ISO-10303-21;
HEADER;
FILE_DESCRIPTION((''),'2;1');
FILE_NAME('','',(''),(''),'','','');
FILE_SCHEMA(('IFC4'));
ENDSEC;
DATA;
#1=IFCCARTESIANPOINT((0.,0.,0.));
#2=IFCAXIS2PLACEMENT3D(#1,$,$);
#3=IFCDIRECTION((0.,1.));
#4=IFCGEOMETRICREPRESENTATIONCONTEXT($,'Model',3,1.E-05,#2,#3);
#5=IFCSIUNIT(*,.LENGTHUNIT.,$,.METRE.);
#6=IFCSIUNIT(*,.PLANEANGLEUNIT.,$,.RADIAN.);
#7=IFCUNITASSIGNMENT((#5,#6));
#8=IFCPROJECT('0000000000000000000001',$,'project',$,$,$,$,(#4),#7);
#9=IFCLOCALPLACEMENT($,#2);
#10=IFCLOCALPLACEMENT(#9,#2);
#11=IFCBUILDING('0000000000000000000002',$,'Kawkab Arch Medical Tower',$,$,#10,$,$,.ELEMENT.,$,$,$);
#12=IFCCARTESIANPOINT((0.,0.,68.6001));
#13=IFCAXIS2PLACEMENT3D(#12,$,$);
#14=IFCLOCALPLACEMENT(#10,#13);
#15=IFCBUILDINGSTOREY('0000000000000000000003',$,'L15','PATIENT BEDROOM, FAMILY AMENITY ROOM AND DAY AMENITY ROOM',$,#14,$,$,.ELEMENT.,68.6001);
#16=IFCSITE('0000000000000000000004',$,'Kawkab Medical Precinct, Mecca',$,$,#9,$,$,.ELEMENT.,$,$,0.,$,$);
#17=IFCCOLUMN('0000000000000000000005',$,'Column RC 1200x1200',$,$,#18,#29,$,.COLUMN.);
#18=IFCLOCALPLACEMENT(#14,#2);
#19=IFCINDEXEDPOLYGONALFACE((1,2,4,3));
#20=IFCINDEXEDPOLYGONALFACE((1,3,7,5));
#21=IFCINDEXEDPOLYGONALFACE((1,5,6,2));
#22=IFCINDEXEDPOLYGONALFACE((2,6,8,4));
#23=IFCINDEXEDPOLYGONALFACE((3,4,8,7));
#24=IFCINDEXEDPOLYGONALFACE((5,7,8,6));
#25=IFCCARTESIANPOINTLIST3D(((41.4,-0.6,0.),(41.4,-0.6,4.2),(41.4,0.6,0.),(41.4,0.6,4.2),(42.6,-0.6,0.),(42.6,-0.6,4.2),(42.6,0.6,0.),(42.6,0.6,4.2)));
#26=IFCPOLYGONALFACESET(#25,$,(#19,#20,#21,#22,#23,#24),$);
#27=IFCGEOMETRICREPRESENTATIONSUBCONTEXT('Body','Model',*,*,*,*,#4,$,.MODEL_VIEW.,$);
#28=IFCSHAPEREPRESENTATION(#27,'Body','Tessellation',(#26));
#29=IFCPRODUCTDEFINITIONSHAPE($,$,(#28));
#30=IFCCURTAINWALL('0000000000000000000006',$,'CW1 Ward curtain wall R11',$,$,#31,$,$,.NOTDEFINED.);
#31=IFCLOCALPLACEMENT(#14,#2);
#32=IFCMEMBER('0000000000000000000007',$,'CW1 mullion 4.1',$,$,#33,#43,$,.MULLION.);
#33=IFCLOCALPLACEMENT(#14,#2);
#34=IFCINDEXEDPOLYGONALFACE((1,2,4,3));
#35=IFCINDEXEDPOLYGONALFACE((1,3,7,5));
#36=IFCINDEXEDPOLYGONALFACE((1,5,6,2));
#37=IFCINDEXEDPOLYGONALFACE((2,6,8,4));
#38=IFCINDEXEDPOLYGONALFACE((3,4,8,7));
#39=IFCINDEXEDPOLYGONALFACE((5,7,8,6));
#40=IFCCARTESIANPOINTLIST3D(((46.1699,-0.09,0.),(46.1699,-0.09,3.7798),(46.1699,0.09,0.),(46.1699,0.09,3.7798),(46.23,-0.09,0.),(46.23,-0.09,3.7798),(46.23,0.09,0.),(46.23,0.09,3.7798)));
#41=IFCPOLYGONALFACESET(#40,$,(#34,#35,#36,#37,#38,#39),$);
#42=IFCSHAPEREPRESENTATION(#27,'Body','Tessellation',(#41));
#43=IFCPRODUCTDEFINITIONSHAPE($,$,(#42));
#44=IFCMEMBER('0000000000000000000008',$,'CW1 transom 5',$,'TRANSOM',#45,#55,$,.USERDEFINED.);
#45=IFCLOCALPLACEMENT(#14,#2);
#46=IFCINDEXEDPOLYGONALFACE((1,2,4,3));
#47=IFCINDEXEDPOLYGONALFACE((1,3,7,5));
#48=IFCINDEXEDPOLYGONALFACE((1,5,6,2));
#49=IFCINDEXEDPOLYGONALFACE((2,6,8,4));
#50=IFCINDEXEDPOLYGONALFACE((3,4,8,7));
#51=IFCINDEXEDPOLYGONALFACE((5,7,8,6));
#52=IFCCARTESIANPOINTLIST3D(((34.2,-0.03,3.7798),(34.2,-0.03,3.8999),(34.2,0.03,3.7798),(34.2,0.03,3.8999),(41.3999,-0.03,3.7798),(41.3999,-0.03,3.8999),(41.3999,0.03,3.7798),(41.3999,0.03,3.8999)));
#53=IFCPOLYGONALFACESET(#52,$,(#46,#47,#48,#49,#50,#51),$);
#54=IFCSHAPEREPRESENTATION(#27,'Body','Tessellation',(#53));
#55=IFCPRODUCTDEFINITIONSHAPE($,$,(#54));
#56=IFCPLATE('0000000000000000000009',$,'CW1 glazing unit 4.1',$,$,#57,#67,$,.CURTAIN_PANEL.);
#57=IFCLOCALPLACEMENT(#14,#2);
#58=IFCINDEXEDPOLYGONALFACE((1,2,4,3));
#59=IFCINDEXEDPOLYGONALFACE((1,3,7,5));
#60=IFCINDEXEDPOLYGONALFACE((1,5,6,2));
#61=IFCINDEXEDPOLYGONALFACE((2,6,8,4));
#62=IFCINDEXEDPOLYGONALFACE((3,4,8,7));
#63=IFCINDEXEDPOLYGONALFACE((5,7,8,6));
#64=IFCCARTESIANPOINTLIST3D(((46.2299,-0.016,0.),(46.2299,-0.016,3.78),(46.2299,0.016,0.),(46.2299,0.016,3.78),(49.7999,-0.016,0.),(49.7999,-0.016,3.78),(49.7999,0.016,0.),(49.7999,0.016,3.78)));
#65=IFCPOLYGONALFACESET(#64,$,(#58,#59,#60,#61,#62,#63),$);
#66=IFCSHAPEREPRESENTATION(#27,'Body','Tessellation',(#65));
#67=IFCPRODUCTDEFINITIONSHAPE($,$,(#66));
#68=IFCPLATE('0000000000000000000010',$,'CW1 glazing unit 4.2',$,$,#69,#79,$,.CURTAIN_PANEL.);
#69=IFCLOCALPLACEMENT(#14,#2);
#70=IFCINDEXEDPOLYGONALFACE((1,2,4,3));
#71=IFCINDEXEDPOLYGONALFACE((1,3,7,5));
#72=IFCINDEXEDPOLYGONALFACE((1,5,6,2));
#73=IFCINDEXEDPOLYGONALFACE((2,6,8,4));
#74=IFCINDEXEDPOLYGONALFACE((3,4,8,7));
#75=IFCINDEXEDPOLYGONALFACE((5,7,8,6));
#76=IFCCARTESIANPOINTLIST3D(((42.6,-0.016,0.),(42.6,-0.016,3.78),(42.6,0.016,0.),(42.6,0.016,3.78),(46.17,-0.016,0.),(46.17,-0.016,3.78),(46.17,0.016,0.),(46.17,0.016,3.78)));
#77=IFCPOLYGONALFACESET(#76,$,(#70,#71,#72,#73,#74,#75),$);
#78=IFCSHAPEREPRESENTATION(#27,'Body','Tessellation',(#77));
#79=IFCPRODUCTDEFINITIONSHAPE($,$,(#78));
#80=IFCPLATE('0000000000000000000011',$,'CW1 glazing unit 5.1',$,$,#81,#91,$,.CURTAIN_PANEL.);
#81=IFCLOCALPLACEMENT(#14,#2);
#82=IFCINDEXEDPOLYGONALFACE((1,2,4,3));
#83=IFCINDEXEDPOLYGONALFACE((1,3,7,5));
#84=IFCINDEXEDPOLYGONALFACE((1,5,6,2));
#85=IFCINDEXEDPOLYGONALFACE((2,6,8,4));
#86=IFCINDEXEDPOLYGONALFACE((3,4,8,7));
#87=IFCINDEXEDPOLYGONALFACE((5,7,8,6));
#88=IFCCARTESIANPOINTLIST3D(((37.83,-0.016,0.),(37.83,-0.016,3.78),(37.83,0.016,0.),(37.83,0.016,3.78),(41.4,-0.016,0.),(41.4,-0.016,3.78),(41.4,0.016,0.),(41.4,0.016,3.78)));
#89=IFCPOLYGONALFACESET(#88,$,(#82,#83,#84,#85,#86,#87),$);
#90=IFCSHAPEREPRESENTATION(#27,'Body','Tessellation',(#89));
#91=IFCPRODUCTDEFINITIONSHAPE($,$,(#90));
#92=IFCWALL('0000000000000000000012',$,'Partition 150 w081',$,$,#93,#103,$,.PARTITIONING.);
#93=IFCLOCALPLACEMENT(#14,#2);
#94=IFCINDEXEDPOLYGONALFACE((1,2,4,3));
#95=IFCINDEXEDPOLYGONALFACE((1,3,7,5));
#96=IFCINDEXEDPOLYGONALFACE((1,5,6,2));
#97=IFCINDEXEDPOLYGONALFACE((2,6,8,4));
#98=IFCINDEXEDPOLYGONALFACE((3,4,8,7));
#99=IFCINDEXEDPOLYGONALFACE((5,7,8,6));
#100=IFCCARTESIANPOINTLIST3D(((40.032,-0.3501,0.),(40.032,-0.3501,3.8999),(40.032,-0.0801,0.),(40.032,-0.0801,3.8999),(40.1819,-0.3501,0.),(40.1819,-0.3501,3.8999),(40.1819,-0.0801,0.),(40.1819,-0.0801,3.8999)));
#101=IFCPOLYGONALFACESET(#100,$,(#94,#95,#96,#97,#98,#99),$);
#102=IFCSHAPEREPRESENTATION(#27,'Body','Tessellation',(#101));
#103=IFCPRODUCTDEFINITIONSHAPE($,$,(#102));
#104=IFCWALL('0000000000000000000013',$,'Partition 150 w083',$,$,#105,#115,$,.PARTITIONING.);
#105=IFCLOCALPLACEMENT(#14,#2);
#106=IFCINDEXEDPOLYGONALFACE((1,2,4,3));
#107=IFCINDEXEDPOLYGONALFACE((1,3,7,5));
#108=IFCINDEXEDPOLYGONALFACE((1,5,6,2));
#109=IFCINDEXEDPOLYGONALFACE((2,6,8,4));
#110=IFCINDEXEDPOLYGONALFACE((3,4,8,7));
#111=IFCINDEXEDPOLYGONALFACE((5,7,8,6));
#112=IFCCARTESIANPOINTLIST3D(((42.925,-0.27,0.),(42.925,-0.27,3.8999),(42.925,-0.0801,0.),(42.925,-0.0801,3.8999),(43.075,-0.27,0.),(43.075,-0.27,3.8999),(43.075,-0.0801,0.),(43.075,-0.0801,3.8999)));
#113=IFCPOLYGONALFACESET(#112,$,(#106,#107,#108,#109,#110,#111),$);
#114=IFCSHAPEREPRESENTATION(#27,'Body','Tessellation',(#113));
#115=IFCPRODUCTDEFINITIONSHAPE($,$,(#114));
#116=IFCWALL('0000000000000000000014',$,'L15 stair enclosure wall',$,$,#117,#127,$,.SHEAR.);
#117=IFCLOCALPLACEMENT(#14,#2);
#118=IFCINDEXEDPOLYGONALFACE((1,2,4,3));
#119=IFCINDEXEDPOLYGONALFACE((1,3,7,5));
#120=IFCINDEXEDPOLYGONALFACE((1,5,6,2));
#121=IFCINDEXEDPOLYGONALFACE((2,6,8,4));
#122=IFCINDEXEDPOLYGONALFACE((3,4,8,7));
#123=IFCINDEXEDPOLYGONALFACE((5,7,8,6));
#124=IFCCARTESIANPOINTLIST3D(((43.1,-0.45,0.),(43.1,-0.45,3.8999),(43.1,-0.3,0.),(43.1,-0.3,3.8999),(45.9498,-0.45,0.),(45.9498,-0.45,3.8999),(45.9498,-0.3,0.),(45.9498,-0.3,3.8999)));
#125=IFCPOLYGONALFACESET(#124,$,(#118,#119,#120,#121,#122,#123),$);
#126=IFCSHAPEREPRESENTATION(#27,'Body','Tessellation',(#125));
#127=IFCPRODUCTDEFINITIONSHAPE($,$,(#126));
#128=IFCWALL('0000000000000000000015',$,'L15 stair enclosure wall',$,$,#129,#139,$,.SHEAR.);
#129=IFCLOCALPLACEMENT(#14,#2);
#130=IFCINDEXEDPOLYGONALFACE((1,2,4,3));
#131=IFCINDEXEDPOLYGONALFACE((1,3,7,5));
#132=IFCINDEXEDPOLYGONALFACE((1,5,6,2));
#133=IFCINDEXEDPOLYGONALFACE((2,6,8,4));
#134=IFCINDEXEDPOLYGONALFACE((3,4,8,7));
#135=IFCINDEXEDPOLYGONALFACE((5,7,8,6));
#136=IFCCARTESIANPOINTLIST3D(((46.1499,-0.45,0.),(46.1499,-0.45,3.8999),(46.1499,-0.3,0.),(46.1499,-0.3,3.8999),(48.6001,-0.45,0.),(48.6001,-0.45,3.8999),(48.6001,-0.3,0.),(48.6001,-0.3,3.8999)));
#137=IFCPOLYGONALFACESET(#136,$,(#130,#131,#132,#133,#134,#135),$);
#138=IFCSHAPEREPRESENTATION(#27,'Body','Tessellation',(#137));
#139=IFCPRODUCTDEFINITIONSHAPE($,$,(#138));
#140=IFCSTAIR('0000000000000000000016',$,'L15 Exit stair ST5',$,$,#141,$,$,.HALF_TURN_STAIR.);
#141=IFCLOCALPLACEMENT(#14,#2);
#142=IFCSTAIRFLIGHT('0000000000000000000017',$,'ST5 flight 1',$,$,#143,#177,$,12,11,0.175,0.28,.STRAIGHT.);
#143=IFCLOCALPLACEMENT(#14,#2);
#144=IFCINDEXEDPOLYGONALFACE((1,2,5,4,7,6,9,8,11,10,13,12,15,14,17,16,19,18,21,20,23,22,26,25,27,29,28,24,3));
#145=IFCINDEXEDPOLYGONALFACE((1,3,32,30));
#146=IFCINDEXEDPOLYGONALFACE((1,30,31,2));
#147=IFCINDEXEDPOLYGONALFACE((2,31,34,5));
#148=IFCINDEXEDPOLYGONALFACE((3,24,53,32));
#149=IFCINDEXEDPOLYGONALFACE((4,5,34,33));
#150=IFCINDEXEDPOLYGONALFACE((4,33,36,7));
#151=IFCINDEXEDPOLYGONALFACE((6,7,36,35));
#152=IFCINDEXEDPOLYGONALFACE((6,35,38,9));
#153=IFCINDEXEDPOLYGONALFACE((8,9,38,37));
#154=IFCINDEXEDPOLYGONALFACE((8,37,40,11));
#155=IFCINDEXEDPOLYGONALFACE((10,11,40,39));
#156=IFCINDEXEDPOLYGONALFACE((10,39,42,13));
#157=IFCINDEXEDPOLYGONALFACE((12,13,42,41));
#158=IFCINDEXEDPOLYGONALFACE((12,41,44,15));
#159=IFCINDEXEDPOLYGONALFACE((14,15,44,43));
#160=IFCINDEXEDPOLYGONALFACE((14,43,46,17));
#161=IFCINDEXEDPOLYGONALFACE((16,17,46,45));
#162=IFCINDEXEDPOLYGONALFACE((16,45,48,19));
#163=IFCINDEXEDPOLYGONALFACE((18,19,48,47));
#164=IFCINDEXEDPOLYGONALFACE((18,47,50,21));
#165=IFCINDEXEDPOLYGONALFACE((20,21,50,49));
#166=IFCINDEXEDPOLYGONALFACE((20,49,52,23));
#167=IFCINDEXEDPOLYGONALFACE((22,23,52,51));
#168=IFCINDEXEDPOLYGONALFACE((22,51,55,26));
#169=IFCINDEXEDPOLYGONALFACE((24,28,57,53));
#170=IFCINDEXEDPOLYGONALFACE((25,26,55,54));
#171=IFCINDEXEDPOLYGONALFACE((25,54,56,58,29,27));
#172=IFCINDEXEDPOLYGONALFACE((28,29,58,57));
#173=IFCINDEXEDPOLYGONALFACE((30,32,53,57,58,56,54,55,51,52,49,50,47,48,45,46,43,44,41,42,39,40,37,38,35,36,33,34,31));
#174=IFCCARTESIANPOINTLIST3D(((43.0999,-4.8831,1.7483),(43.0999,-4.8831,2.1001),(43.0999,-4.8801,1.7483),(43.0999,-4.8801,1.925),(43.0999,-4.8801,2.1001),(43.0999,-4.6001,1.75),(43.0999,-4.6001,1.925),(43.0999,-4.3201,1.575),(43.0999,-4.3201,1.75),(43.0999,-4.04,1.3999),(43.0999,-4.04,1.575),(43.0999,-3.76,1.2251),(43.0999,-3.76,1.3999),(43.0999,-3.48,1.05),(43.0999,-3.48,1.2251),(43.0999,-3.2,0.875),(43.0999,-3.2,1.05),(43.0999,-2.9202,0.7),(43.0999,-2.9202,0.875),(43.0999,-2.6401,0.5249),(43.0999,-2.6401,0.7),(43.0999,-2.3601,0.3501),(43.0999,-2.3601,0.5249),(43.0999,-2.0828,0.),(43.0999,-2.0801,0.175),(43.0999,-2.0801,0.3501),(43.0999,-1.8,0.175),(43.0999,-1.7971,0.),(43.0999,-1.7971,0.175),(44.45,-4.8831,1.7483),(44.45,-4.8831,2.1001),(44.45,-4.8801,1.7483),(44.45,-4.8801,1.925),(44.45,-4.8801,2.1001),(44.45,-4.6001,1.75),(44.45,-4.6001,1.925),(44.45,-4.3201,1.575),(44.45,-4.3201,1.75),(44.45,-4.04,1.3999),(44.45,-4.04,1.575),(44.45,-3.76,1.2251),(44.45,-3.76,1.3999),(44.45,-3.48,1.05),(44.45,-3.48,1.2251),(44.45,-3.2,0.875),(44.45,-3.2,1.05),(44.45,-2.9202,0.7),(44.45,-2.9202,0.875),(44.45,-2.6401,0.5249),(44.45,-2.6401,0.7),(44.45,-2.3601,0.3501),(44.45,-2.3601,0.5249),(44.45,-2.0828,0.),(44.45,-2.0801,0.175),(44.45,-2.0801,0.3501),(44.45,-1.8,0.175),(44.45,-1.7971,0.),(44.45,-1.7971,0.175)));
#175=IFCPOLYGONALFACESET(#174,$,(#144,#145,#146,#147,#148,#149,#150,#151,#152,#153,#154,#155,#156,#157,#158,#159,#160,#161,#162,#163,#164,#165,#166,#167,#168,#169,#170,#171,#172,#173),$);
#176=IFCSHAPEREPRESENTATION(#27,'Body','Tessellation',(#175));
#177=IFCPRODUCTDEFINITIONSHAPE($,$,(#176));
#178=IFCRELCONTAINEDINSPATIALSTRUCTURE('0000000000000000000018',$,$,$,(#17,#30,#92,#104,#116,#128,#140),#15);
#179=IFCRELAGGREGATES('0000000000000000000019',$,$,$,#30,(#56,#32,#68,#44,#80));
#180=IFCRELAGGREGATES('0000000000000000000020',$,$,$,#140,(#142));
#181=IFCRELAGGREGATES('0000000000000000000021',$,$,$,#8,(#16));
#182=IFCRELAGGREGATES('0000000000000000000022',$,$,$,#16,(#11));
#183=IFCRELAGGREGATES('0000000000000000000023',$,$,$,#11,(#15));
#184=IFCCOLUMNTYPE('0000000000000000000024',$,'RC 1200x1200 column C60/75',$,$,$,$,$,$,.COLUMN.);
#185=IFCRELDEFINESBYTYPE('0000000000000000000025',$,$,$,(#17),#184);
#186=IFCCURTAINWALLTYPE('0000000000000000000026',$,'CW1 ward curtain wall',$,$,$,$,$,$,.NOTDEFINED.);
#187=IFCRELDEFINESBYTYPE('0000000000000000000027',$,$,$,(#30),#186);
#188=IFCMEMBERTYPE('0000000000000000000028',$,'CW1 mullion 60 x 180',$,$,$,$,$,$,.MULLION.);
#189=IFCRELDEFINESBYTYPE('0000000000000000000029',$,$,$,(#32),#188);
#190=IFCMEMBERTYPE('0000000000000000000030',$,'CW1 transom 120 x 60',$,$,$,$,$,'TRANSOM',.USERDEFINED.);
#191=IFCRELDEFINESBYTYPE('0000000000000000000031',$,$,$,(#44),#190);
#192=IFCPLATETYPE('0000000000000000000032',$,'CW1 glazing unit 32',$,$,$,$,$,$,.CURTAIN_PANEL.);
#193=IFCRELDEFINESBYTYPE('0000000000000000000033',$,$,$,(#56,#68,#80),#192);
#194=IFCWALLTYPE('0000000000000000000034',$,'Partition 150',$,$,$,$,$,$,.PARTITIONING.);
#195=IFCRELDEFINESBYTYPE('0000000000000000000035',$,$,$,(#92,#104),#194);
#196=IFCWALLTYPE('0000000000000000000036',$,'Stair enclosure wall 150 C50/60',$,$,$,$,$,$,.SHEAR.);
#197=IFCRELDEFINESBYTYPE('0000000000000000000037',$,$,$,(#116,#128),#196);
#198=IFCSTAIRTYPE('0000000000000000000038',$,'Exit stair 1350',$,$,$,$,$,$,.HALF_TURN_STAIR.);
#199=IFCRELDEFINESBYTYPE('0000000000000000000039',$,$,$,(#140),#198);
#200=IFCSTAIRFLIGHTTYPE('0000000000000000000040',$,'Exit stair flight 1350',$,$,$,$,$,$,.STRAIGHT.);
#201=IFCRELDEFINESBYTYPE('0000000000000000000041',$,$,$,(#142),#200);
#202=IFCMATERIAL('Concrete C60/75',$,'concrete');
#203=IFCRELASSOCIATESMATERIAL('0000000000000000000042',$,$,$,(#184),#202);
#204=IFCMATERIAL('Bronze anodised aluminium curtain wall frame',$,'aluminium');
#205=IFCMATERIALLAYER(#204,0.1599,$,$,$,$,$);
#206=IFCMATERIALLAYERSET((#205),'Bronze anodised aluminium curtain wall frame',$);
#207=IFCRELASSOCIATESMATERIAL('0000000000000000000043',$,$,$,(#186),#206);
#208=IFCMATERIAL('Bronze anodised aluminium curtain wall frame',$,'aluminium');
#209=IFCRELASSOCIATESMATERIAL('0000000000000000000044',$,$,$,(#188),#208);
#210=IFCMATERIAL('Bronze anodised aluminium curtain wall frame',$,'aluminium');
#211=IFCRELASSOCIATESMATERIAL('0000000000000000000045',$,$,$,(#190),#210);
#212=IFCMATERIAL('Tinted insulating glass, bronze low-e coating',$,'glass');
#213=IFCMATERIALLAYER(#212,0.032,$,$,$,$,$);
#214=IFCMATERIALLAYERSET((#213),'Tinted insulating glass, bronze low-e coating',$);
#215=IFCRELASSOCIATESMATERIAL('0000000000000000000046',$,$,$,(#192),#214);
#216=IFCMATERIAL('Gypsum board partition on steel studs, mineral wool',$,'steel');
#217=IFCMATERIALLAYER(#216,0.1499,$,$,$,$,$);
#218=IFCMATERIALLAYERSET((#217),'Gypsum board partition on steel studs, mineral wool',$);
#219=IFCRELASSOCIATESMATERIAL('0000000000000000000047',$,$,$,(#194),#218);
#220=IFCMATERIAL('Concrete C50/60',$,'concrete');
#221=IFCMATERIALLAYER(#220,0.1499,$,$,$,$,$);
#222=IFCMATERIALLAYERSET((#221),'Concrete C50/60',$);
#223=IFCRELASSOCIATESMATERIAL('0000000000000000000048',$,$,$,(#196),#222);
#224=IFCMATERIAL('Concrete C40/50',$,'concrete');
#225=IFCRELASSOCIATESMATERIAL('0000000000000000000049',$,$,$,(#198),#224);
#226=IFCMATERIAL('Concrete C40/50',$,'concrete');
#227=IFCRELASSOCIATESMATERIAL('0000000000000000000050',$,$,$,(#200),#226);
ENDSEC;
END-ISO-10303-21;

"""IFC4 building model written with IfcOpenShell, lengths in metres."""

from ifc_helpers import new_model, si_unit, direction, frame, frame_2d, origin, origin_2d, place, context, subcontext, project, spatial, polyline, rectangle, outline, extrude, material, layer, layer_set, material_profile, profile_set, type_object, element, aggregate, save


model = new_model("IFC4")

# Units and contexts
model_context = context("Model", 3, precision=1e-05, world=origin(), true_north=direction((0.0, 1.0)))
body_context = subcontext(model_context, "Body", "Model", "MODEL_VIEW")
ifc_project = project(units=[si_unit("LENGTHUNIT", "METRE"), si_unit("PLANEANGLEUNIT", "RADIAN")], contexts=[model_context])

# Site, building, storey
site_placement = place(None, origin())
site = spatial("IfcSite", under=ifc_project, at=site_placement, Name="Kawkab Medical Precinct, Mecca", CompositionType="ELEMENT", RefElevation=0.0)
building_placement = place(site_placement, origin())
building = spatial("IfcBuilding", under=site, at=building_placement, Name="Kawkab Arch Medical Tower", CompositionType="ELEMENT")
storey_placement = place(building_placement, frame((0.0, 0.0, 68.6001)))
storey = spatial("IfcBuildingStorey", under=building, at=storey_placement, Name="L15", Description="PATIENT BEDROOM, FAMILY AMENITY ROOM AND DAY AMENITY ROOM", CompositionType="ELEMENT", Elevation=68.6001)

# Column
ifc_material_1 = material(Name="Concrete C60/75", Category="concrete")
ifc_material_profile_1 = material_profile(ifc_material_1, rectangle(XDim=1.2, YDim=1.2, at=origin_2d()), Name="RC 1200x1200")
ifc_profile_set_1 = profile_set([ifc_material_profile_1], Name="Concrete C60/75")
column_type = type_object("IfcColumnType", Name="RC 1200x1200 column C60/75", PredefinedType="COLUMN", material=ifc_profile_set_1)
column_placement = place(storey_placement, frame((42.0, 0.0, 0.0), z_axis=(0.0, 0.0, 1.0), x_axis=(1.0, 0.0, 0.0)))
element("IfcColumn", 1, at=column_placement, inside=storey, type_object=column_type, Name="Column RC 1200x1200", PredefinedType="COLUMN", context=body_context, shape_type="SweptSolid", body=[
    extrude(rectangle(XDim=1.2, YDim=1.2, at=origin_2d()), origin(), (0.0, 0.0, 1.0), 4.2),
])

# Curtain wall, members, plates
ifc_material_2 = material(Name="Bronze anodised aluminium curtain wall frame", Category="aluminium")
ifc_layer_1 = layer(ifc_material_2, 0.1599)
ifc_layer_set_1 = layer_set([ifc_layer_1], Name="Bronze anodised aluminium curtain wall frame")
curtain_wall_type = type_object("IfcCurtainWallType", Name="CW1 ward curtain wall", PredefinedType="NOTDEFINED", material=ifc_layer_set_1)
placement = place(storey_placement, origin())
curtain_wall = element("IfcCurtainWall", 2, at=placement, inside=storey, type_object=curtain_wall_type, Name="CW1 Ward curtain wall R11", PredefinedType="NOTDEFINED")
ifc_material_3 = material(Name="Bronze anodised aluminium curtain wall frame", Category="aluminium")
ifc_material_profile_2 = material_profile(ifc_material_3, rectangle(XDim=0.1799, YDim=0.0601, at=origin_2d()), Name="AL 60x180")
ifc_profile_set_2 = profile_set([ifc_material_profile_2], Name="Bronze anodised aluminium curtain wall frame")
member_type_1 = type_object("IfcMemberType", Name="CW1 mullion 60 x 180", PredefinedType="MULLION", material=ifc_profile_set_2)
member_1_placement = place(storey_placement, frame((46.2, 0.0, 0.0), z_axis=(0.0, 0.0, 1.0), x_axis=(0.0, -1.0, 0.0)))
member_1 = element("IfcMember", 3, at=member_1_placement, type_object=member_type_1, Name="CW1 mullion 4.1", PredefinedType="MULLION", context=body_context, shape_type="SweptSolid", body=[
    extrude(rectangle(XDim=0.1799, YDim=0.0601, at=origin_2d()), origin(), (0.0, 0.0, 1.0), 3.7798),
])
ifc_material_4 = material(Name="Bronze anodised aluminium curtain wall frame", Category="aluminium")
ifc_material_profile_3 = material_profile(ifc_material_4, rectangle(XDim=0.0601, YDim=0.1201, at=origin_2d()), Name="AL 60x120")
ifc_profile_set_3 = profile_set([ifc_material_profile_3], Name="Bronze anodised aluminium curtain wall frame")
member_type_2 = type_object("IfcMemberType", Name="CW1 transom 120 x 60", ElementType="TRANSOM", PredefinedType="USERDEFINED", material=ifc_profile_set_3)
member_2_placement = place(storey_placement, frame((41.3999, 0.0, 3.8398), z_axis=(-1.0, 0.0, 0.0), x_axis=(0.0, -1.0, 0.0)))
member_2 = element("IfcMember", 4, at=member_2_placement, type_object=member_type_2, Name="CW1 transom 5", ObjectType="TRANSOM", PredefinedType="USERDEFINED", context=body_context, shape_type="SweptSolid", body=[
    extrude(rectangle(XDim=0.0601, YDim=0.1201, at=origin_2d()), origin(), (0.0, 0.0, 1.0), 7.2),
])
ifc_material_5 = material(Name="Tinted insulating glass, bronze low-e coating", Category="glass")
ifc_layer_2 = layer(ifc_material_5, 0.032)
ifc_layer_set_2 = layer_set([ifc_layer_2], Name="Tinted insulating glass, bronze low-e coating")
plate_type = type_object("IfcPlateType", Name="CW1 glazing unit 32", PredefinedType="CURTAIN_PANEL", material=ifc_layer_set_2)
plate_1_placement = place(storey_placement, frame((48.0149, 0.0, 0.0), z_axis=(0.0, 0.0, 1.0), x_axis=(-1.0, 0.0, 0.0)))
plate_1 = element("IfcPlate", 5, at=plate_1_placement, type_object=plate_type, Name="CW1 glazing unit 4.1", PredefinedType="CURTAIN_PANEL", context=body_context, shape_type="SweptSolid", body=[
    extrude(rectangle(XDim=3.5701, YDim=0.032, at=origin_2d()), origin(), (0.0, 0.0, 1.0), 3.78),
])
plate_2_placement = place(storey_placement, frame((44.385, 0.0, 0.0), z_axis=(0.0, 0.0, 1.0), x_axis=(-1.0, 0.0, 0.0)))
plate_2 = element("IfcPlate", 6, at=plate_2_placement, type_object=plate_type, Name="CW1 glazing unit 4.2", PredefinedType="CURTAIN_PANEL", context=body_context, shape_type="SweptSolid", body=[
    extrude(rectangle(XDim=3.5701, YDim=0.032, at=origin_2d()), origin(), (0.0, 0.0, 1.0), 3.78),
])
plate_3_placement = place(storey_placement, frame((39.615, 0.0, 0.0), z_axis=(0.0, 0.0, 1.0), x_axis=(-1.0, 0.0, 0.0)))
plate_3 = element("IfcPlate", 7, at=plate_3_placement, type_object=plate_type, Name="CW1 glazing unit 5.1", PredefinedType="CURTAIN_PANEL", context=body_context, shape_type="SweptSolid", body=[
    extrude(rectangle(XDim=3.5701, YDim=0.032, at=origin_2d()), origin(), (0.0, 0.0, 1.0), 3.78),
])
aggregate(curtain_wall, [plate_1, member_1, plate_2, member_2, plate_3])

# Walls
ifc_material_6 = material(Name="Gypsum board partition on steel studs, mineral wool", Category="steel")
ifc_layer_3 = layer(ifc_material_6, 0.1499)
ifc_layer_set_3 = layer_set([ifc_layer_3], Name="Gypsum board partition on steel studs, mineral wool")
wall_type_1 = type_object("IfcWallType", Name="Partition 150", PredefinedType="PARTITIONING", material=ifc_layer_set_3)
wall_1_placement = place(storey_placement, frame((40.1069, -0.3501, 0.0), z_axis=(0.0, 0.0, 1.0), x_axis=(0.0, 1.0, 0.0)))
element("IfcWall", 8, at=wall_1_placement, inside=storey, type_object=wall_type_1, Name="Partition 150 w081", PredefinedType="PARTITIONING", context=body_context, shape_type="SweptSolid", body=[
    extrude(rectangle(XDim=0.27, YDim=0.1499, at=frame_2d((0.135, 0.0))), origin(), (0.0, 0.0, 1.0), 3.8999),
])
wall_2_placement = place(storey_placement, frame((43.0, -0.27, 0.0), z_axis=(0.0, 0.0, 1.0), x_axis=(0.0, 1.0, 0.0)))
element("IfcWall", 9, at=wall_2_placement, inside=storey, type_object=wall_type_1, Name="Partition 150 w083", PredefinedType="PARTITIONING", context=body_context, shape_type="SweptSolid", body=[
    extrude(rectangle(XDim=0.1899, YDim=0.1499, at=frame_2d((0.095, 0.0))), origin(), (0.0, 0.0, 1.0), 3.8999),
])
ifc_material_7 = material(Name="Concrete C50/60", Category="concrete")
ifc_layer_4 = layer(ifc_material_7, 0.1499)
ifc_layer_set_4 = layer_set([ifc_layer_4], Name="Concrete C50/60")
wall_type_2 = type_object("IfcWallType", Name="Stair enclosure wall 150 C50/60", PredefinedType="SHEAR", material=ifc_layer_set_4)
wall_3_placement = place(storey_placement, frame((43.1001, -0.375, 0.0), z_axis=(0.0, 0.0, 1.0), x_axis=(1.0, 0.0, 0.0)))
element("IfcWall", 10, at=wall_3_placement, inside=storey, type_object=wall_type_2, Name="L15 stair enclosure wall", PredefinedType="SHEAR", context=body_context, shape_type="SweptSolid", body=[
    extrude(rectangle(XDim=2.8499, YDim=0.1499, at=frame_2d((1.4248, 0.0))), origin(), (0.0, 0.0, 1.0), 3.8999),
])
wall_4_placement = place(storey_placement, frame((46.1499, -0.375, 0.0), z_axis=(0.0, 0.0, 1.0), x_axis=(1.0, 0.0, 0.0)))
element("IfcWall", 11, at=wall_4_placement, inside=storey, type_object=wall_type_2, Name="L15 stair enclosure wall", PredefinedType="SHEAR", context=body_context, shape_type="SweptSolid", body=[
    extrude(rectangle(XDim=2.4502, YDim=0.1499, at=frame_2d((1.2251, 0.0))), origin(), (0.0, 0.0, 1.0), 3.8999),
])

# Stair, stair flight
ifc_material_8 = material(Name="Concrete C40/50", Category="concrete")
stair_type = type_object("IfcStairType", Name="Exit stair 1350", PredefinedType="HALF_TURN_STAIR", material=ifc_material_8)
stair = element("IfcStair", 12, at=placement, inside=storey, type_object=stair_type, Name="L15 Exit stair ST5", PredefinedType="HALF_TURN_STAIR")
ifc_material_9 = material(Name="Concrete C40/50", Category="concrete")
stair_flight_type = type_object("IfcStairFlightType", Name="Exit stair flight 1350", PredefinedType="STRAIGHT", material=ifc_material_9)
stair_flight_placement = place(storey_placement, frame((43.7749, -1.8, 0.0), z_axis=(0.0, 0.0, 1.0), x_axis=(0.0, -1.0, 0.0)))
stair_flight = element("IfcStairFlight", 13, at=stair_flight_placement, type_object=stair_flight_type, Name="ST5 flight 1", NumberOfRisers=12, NumberOfTreads=11, PredefinedType="STRAIGHT", RiserHeight=0.175, TreadLength=0.28, context=body_context, shape_type="SweptSolid", body=[
    extrude(outline(polyline([(-0.0029, 0.0), (-0.0029, 0.175), (0.0, 0.175), (0.28, 0.175), (0.28, 0.3501), (0.5601, 0.3501), (0.5601, 0.5249), (0.8401, 0.5249), (0.8401, 0.7), (1.1201, 0.7), (1.1201, 0.875), (1.3999, 0.875), (1.3999, 1.05), (1.6799, 1.05), (1.6799, 1.2251), (1.96, 1.2251), (1.96, 1.3999), (2.24, 1.3999), (2.24, 1.575), (2.52, 1.575), (2.52, 1.75), (2.8, 1.75), (2.8, 1.925), (3.0801, 1.925), (3.0801, 2.1001), (3.083, 2.1001), (3.083, 1.7483), (3.0801, 1.7483), (0.2827, 0.0), (-0.0029, 0.0)])), frame((0.0, 0.675, 0.0), z_axis=(0.0, -1.0, 0.0), x_axis=(1.0, 0.0, 0.0)), (0.0, 0.0, 1.0), 1.3501),
])
aggregate(stair, [stair_flight])

save(model, "model.ifc")
